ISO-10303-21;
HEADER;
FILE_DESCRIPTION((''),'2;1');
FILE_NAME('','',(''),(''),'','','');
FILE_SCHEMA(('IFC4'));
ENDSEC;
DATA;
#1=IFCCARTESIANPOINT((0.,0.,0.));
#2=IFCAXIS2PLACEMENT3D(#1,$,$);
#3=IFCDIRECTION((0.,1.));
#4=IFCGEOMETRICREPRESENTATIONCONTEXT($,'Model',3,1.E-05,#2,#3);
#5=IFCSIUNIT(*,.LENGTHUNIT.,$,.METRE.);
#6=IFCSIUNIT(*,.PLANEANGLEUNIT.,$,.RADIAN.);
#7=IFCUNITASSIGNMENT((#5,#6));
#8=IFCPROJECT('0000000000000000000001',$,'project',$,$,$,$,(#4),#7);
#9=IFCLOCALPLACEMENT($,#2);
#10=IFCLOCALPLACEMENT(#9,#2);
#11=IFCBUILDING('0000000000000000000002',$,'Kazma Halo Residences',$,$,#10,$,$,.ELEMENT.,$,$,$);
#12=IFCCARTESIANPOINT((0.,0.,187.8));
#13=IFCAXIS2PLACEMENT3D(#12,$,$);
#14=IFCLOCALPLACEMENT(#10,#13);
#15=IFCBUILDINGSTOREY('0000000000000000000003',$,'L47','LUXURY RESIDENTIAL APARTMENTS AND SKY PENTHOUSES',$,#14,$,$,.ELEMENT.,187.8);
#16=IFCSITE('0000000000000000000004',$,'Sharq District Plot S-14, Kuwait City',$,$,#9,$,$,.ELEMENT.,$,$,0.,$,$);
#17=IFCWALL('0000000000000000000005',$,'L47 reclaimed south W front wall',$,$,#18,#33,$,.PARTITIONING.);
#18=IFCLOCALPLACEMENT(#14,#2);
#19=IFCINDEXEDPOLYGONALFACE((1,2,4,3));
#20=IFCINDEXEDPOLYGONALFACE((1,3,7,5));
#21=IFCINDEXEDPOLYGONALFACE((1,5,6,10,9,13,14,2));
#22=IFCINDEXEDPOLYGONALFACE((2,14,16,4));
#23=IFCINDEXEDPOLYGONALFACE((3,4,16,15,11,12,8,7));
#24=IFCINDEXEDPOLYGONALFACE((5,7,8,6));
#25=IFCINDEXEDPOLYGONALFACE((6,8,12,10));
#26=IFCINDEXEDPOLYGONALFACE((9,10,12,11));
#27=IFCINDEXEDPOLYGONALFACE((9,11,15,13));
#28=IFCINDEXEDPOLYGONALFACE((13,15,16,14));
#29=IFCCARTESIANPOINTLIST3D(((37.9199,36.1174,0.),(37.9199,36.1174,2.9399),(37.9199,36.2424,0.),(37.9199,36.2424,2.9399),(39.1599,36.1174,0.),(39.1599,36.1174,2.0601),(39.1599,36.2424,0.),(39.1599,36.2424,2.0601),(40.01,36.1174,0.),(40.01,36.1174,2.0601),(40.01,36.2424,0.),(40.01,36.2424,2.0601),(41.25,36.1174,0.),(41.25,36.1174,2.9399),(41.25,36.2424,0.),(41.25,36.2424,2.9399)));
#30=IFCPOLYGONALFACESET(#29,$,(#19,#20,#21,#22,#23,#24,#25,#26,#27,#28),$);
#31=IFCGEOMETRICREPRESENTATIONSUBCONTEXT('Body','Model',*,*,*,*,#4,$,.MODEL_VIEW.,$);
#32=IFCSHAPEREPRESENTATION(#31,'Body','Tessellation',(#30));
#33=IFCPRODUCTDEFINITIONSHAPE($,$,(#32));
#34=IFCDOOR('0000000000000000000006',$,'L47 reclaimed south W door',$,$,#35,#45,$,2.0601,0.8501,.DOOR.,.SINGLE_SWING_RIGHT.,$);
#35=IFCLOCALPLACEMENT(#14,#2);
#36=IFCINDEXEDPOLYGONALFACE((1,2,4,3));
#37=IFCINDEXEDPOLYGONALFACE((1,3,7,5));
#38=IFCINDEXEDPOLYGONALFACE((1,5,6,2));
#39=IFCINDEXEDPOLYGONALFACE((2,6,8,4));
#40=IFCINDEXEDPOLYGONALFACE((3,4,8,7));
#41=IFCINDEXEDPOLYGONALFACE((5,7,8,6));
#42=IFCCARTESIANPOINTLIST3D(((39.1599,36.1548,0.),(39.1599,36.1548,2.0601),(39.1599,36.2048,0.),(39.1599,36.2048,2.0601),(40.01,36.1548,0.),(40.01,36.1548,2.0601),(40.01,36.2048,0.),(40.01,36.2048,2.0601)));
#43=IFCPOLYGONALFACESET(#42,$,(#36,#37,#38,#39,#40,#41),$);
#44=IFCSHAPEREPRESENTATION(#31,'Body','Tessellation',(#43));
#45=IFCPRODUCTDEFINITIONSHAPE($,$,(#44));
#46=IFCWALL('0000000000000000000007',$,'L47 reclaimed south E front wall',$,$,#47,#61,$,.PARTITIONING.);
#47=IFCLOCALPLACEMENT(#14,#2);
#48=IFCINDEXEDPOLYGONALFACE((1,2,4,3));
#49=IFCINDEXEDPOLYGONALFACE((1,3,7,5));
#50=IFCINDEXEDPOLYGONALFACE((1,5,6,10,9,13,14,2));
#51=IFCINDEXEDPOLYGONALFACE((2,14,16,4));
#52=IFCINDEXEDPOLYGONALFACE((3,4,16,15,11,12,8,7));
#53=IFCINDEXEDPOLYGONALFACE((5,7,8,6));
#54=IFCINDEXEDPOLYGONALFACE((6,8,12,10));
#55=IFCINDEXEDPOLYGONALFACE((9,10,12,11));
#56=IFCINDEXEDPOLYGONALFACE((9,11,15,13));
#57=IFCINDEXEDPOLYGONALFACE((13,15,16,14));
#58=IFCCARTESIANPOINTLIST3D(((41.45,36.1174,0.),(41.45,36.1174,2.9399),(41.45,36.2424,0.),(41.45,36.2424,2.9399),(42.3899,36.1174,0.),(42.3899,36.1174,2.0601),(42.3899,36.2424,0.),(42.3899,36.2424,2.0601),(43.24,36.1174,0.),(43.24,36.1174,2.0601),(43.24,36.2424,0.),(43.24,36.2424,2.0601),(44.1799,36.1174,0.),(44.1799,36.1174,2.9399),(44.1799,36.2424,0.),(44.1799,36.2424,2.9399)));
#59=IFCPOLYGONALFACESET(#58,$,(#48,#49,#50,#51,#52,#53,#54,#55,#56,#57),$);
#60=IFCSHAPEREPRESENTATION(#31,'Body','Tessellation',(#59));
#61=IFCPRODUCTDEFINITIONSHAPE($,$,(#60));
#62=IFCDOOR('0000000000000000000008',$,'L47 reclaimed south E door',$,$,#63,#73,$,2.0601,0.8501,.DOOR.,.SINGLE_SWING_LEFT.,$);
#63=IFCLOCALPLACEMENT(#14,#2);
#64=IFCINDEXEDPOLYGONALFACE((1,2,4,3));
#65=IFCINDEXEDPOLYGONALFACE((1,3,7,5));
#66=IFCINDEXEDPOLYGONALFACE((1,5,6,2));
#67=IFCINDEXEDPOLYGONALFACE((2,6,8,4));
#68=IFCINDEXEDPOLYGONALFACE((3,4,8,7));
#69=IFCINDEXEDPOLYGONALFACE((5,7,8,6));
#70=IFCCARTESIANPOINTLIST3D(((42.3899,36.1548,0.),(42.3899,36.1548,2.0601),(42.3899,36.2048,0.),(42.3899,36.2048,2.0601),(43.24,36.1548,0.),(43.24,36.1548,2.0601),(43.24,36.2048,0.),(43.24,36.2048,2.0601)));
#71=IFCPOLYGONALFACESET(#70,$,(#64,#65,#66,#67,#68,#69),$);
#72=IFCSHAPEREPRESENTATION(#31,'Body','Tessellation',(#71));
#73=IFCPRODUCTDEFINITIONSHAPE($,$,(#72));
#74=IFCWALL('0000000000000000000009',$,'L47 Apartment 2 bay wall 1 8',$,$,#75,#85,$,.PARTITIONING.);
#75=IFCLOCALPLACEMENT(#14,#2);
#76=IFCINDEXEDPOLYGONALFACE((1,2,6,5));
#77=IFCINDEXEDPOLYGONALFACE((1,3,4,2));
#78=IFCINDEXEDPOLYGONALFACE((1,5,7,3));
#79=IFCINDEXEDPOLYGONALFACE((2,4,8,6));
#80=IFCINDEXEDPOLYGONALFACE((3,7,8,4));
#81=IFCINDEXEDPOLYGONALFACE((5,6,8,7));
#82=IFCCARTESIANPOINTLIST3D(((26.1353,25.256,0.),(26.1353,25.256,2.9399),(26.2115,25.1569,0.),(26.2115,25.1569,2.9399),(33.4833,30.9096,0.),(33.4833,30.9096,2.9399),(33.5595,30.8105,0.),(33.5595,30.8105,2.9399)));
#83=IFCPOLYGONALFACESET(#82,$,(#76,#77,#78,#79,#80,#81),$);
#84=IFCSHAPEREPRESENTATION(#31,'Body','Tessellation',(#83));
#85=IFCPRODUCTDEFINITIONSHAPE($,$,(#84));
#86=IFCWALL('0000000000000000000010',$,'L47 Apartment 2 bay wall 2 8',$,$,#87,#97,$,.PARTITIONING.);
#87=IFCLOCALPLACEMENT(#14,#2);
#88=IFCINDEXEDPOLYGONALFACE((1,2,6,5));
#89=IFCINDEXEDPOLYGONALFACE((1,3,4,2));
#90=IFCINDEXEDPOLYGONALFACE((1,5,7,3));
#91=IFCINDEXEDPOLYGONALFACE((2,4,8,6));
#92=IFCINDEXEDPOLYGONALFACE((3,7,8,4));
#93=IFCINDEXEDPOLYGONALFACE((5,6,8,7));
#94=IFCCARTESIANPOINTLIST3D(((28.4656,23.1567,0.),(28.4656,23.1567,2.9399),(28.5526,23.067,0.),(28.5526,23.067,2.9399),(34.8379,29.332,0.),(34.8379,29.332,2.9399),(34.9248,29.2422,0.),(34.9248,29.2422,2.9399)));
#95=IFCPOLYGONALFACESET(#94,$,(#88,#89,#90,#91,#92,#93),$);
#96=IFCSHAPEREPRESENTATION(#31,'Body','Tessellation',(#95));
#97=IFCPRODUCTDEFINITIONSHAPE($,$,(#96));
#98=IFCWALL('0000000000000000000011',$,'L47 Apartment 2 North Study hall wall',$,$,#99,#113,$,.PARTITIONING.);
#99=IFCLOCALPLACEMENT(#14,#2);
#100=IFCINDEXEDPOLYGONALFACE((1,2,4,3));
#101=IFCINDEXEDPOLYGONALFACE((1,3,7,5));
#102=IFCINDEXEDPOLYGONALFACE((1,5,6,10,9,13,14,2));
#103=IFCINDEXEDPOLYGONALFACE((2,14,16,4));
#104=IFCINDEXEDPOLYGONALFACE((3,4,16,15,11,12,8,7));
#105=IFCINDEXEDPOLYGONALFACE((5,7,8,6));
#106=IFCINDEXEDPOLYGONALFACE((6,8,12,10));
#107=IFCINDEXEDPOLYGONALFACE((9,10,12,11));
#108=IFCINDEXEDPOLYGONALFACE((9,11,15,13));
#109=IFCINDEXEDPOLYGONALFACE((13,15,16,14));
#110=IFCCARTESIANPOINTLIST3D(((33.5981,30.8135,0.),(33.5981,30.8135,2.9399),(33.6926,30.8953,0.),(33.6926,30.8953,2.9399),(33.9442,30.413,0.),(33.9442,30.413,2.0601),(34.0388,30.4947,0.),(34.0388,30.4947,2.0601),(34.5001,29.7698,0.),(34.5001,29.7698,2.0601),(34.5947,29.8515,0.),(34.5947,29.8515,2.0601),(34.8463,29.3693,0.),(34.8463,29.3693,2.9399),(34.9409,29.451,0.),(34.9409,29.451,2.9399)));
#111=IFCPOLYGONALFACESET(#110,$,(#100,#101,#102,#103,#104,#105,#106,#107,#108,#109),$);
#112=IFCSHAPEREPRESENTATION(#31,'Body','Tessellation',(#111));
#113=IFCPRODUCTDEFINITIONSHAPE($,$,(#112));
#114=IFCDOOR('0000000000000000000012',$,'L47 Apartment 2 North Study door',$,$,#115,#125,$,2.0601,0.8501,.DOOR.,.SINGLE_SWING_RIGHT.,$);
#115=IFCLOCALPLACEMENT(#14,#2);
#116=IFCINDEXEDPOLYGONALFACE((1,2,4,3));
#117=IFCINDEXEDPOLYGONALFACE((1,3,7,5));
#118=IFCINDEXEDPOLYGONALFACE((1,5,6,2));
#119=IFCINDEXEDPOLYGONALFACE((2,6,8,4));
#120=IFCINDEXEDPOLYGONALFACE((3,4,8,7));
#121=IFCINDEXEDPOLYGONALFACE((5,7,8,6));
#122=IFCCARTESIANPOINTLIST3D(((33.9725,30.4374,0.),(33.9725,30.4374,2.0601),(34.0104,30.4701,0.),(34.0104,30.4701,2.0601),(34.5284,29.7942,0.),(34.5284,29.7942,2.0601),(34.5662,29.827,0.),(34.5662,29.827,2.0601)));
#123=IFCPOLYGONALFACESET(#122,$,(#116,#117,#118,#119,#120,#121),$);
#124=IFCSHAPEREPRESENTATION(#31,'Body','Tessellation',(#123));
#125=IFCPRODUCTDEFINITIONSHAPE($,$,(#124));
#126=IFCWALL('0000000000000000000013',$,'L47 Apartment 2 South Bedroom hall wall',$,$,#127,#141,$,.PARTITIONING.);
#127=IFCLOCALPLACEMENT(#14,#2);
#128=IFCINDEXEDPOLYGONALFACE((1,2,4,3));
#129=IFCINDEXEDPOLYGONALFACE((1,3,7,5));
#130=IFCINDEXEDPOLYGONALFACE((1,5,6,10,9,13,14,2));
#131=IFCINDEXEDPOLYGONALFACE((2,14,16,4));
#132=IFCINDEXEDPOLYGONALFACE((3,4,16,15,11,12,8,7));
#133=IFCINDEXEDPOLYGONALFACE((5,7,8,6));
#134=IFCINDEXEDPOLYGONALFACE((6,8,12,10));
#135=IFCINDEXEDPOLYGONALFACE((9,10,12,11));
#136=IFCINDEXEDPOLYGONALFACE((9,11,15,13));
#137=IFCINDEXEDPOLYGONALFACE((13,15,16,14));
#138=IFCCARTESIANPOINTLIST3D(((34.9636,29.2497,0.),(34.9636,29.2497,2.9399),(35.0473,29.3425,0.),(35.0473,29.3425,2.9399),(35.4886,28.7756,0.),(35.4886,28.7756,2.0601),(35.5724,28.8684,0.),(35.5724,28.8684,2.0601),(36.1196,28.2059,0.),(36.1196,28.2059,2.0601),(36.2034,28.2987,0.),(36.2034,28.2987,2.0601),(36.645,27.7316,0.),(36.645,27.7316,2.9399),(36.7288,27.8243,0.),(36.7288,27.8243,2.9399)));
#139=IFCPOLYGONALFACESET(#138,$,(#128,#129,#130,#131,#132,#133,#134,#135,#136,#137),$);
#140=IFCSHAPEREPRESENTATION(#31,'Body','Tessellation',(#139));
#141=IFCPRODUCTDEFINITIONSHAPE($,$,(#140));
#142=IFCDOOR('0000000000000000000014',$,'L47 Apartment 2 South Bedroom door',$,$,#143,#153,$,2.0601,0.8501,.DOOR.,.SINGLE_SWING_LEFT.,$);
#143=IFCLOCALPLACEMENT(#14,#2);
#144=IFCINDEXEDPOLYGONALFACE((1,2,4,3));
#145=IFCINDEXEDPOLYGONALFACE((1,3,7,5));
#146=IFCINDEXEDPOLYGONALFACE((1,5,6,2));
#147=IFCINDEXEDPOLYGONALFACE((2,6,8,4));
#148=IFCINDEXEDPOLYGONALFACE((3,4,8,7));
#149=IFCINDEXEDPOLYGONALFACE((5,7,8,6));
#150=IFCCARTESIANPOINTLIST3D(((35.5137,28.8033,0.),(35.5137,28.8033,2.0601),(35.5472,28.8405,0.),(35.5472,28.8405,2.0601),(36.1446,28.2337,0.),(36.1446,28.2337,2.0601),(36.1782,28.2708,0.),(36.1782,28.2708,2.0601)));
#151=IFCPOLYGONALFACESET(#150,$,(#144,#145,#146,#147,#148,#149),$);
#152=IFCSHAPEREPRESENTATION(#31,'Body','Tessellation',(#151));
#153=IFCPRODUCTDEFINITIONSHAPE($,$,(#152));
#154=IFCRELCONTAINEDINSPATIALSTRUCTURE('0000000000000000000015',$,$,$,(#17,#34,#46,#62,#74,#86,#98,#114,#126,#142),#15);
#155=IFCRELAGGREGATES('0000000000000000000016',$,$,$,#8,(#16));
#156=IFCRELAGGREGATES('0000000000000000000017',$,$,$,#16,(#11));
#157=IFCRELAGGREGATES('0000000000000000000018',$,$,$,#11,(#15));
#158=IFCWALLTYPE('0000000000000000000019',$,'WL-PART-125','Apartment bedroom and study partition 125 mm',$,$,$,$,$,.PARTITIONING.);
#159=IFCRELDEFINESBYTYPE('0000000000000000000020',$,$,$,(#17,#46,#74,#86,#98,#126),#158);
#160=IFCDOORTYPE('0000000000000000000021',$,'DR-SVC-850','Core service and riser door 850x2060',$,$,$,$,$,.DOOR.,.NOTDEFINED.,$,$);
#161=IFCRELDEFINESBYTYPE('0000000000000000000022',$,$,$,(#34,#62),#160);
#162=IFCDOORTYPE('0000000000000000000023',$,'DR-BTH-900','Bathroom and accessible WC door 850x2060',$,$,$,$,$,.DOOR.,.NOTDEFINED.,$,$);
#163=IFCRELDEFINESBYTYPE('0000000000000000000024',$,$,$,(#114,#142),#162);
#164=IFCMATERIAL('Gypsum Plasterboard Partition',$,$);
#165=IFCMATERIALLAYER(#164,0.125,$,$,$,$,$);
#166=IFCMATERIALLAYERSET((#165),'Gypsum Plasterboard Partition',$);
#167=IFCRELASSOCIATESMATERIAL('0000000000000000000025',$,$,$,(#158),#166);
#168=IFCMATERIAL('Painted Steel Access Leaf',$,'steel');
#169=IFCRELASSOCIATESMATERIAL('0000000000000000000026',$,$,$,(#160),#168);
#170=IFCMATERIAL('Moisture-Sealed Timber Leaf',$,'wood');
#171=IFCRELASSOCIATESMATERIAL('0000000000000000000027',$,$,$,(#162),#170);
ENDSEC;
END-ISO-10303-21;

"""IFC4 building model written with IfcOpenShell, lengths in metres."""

from ifc_helpers import new_model, si_unit, direction, frame, frame_2d, origin, place, context, subcontext, project, spatial, rectangle, extrude, material, layer, layer_set, type_object, element, fill, save


model = new_model("IFC4")

# Units and contexts
model_context = context("Model", 3, precision=1e-05, world=origin(), true_north=direction((0.0, 1.0)))
body_context = subcontext(model_context, "Body", "Model", "MODEL_VIEW")
ifc_project = project(units=[si_unit("LENGTHUNIT", "METRE"), si_unit("PLANEANGLEUNIT", "RADIAN")], contexts=[model_context])

# Site, building, storey
site_placement = place(None, origin())
site = spatial("IfcSite", under=ifc_project, at=site_placement, Name="Sharq District Plot S-14, Kuwait City", CompositionType="ELEMENT", RefElevation=0.0)
building_placement = place(site_placement, origin())
building = spatial("IfcBuilding", under=site, at=building_placement, Name="Kazma Halo Residences", CompositionType="ELEMENT")
storey_placement = place(building_placement, frame((0.0, 0.0, 187.8)))
storey = spatial("IfcBuildingStorey", under=building, at=storey_placement, Name="L47", Description="LUXURY RESIDENTIAL APARTMENTS AND SKY PENTHOUSES", CompositionType="ELEMENT", Elevation=187.8)

# Shared definitions
ifc_material_1 = material(Name="Gypsum Plasterboard Partition")
ifc_layer_1 = layer(ifc_material_1, 0.125)
ifc_layer_set_1 = layer_set([ifc_layer_1], Name="Gypsum Plasterboard Partition")
wall_type_1 = type_object("IfcWallType", Name="WL-PART-125", Description="Apartment bedroom and study partition 125 mm", PredefinedType="PARTITIONING", material=ifc_layer_set_1)

# Walls, openings, doors
wall_1_placement = place(storey_placement, frame((37.9199, 36.1799, 0.0), z_axis=(0.0, 0.0, 1.0), x_axis=(1.0, 0.0, 0.0)))
wall_1 = element("IfcWall", 1, at=wall_1_placement, inside=storey, type_object=wall_type_1, Name="L47 reclaimed south W front wall", PredefinedType="PARTITIONING", context=body_context, shape_type="SweptSolid", body=[
    extrude(rectangle(XDim=3.3301, YDim=0.125, at=frame_2d((1.665, 0.0))), origin(), (0.0, 0.0, 1.0), 2.9399),
])
opening_1_placement = place(wall_1_placement, frame((1.24, 0.0, 0.0)))
opening_1 = element("IfcOpeningElement", 2, at=opening_1_placement, cuts=wall_1, PredefinedType="OPENING", context=body_context, shape_type="SweptSolid", body=[
    extrude(rectangle(XDim=0.8501, YDim=2.0601, at=frame_2d((0.425, 1.03))), frame((0.0, 0.0725, 0.0), z_axis=(0.0, -1.0, 0.0), x_axis=(1.0, 0.0, 0.0)), (0.0, 0.0, 1.0), 0.145),
])
ifc_material_2 = material(Name="Painted Steel Access Leaf", Category="steel")
door_type_1 = type_object("IfcDoorType", Name="DR-SVC-850", Description="Core service and riser door 850x2060", OperationType="NOTDEFINED", PredefinedType="DOOR", material=ifc_material_2)
door_1_placement = place(opening_1_placement, origin())
door_1 = element("IfcDoor", 3, at=door_1_placement, inside=storey, type_object=door_type_1, Name="L47 reclaimed south W door", OperationType="SINGLE_SWING_RIGHT", OverallHeight=2.0601, OverallWidth=0.8501, PredefinedType="DOOR", context=body_context, shape_type="SweptSolid", body=[
    extrude(rectangle(XDim=0.8501, YDim=2.0601, at=frame_2d((0.425, 1.03))), frame((0.0, 0.0249, 0.0), z_axis=(0.0, -1.0, 0.0), x_axis=(1.0, 0.0, 0.0)), (0.0, 0.0, 1.0), 0.05),
])
fill(opening_1, door_1)
wall_2_placement = place(storey_placement, frame((41.45, 36.1799, 0.0), z_axis=(0.0, 0.0, 1.0), x_axis=(1.0, 0.0, 0.0)))
wall_2 = element("IfcWall", 4, at=wall_2_placement, inside=storey, type_object=wall_type_1, Name="L47 reclaimed south E front wall", PredefinedType="PARTITIONING", context=body_context, shape_type="SweptSolid", body=[
    extrude(rectangle(XDim=2.73, YDim=0.125, at=frame_2d((1.365, 0.0))), origin(), (0.0, 0.0, 1.0), 2.9399),
])
opening_2_placement = place(wall_2_placement, frame((0.9399, 0.0, 0.0)))
opening_2 = element("IfcOpeningElement", 5, at=opening_2_placement, cuts=wall_2, PredefinedType="OPENING", context=body_context, shape_type="SweptSolid", body=[
    extrude(rectangle(XDim=0.8501, YDim=2.0601, at=frame_2d((0.425, 1.03))), frame((0.0, 0.0725, 0.0), z_axis=(0.0, -1.0, 0.0), x_axis=(1.0, 0.0, 0.0)), (0.0, 0.0, 1.0), 0.145),
])
door_2_placement = place(opening_2_placement, origin())
door_2 = element("IfcDoor", 6, at=door_2_placement, inside=storey, type_object=door_type_1, Name="L47 reclaimed south E door", OperationType="SINGLE_SWING_LEFT", OverallHeight=2.0601, OverallWidth=0.8501, PredefinedType="DOOR", context=body_context, shape_type="SweptSolid", body=[
    extrude(rectangle(XDim=0.8501, YDim=2.0601, at=frame_2d((0.425, 1.03))), frame((0.0, 0.0249, 0.0), z_axis=(0.0, -1.0, 0.0), x_axis=(1.0, 0.0, 0.0)), (0.0, 0.0, 1.0), 0.05),
])
fill(opening_2, door_2)

# Walls
wall_3_placement = place(storey_placement, frame((33.5215, 30.8601, 0.0), z_axis=(0.0, 0.0, 1.0), x_axis=(-0.792554, -0.609801, 0.0)))
element("IfcWall", 7, at=wall_3_placement, inside=storey, type_object=wall_type_1, Name="L47 Apartment 2 bay wall 1 8", PredefinedType="PARTITIONING", context=body_context, shape_type="SweptSolid", body=[
    extrude(rectangle(XDim=9.2712, YDim=0.125, at=frame_2d((4.6357, 0.0))), origin(), (0.0, 0.0, 1.0), 2.9399),
])
wall_4_placement = place(storey_placement, frame((34.8813, 29.2871, 0.0), z_axis=(0.0, 0.0, 1.0), x_axis=(-0.718121, -0.695918, 0.0)))
element("IfcWall", 8, at=wall_4_placement, inside=storey, type_object=wall_type_1, Name="L47 Apartment 2 bay wall 2 8", PredefinedType="PARTITIONING", context=body_context, shape_type="SweptSolid", body=[
    extrude(rectangle(XDim=8.8735, YDim=0.125, at=frame_2d((4.4368, 0.0))), origin(), (0.0, 0.0, 1.0), 2.9399),
])

# Walls, openings, doors
wall_5_placement = place(storey_placement, frame((33.6453, 30.8545, 0.0), z_axis=(0.0, 0.0, 1.0), x_axis=(0.653893, -0.756587, 0.0)))
wall_5 = element("IfcWall", 9, at=wall_5_placement, inside=storey, type_object=wall_type_1, Name="L47 Apartment 2 North Study hall wall", PredefinedType="PARTITIONING", context=body_context, shape_type="SweptSolid", body=[
    extrude(rectangle(XDim=1.9089, YDim=0.125, at=frame_2d((0.9546, 0.0))), origin(), (0.0, 0.0, 1.0), 2.9399),
])
opening_3_placement = place(wall_5_placement, frame((0.5295, 0.0, 0.0)))
opening_3 = element("IfcOpeningElement", 10, at=opening_3_placement, cuts=wall_5, PredefinedType="OPENING", context=body_context, shape_type="SweptSolid", body=[
    extrude(rectangle(XDim=0.8501, YDim=2.0601, at=frame_2d((0.425, 1.03))), frame((0.0, 0.0725, 0.0), z_axis=(0.0, -1.0, 0.0), x_axis=(1.0, 0.0, 0.0)), (0.0, 0.0, 1.0), 0.145),
])
ifc_material_3 = material(Name="Moisture-Sealed Timber Leaf", Category="wood")
door_type_2 = type_object("IfcDoorType", Name="DR-BTH-900", Description="Bathroom and accessible WC door 850x2060", OperationType="NOTDEFINED", PredefinedType="DOOR", material=ifc_material_3)
door_3_placement = place(opening_3_placement, origin())
door_3 = element("IfcDoor", 11, at=door_3_placement, inside=storey, type_object=door_type_2, Name="L47 Apartment 2 North Study door", OperationType="SINGLE_SWING_RIGHT", OverallHeight=2.0601, OverallWidth=0.8501, PredefinedType="DOOR", context=body_context, shape_type="SweptSolid", body=[
    extrude(rectangle(XDim=0.8501, YDim=2.0601, at=frame_2d((0.425, 1.03))), frame((0.0, 0.0249, 0.0), z_axis=(0.0, -1.0, 0.0), x_axis=(1.0, 0.0, 0.0)), (0.0, 0.0, 1.0), 0.05),
])
fill(opening_3, door_3)
wall_6_placement = place(storey_placement, frame((35.0054, 29.2961, 0.0), z_axis=(0.0, 0.0, 1.0), x_axis=(0.742238, -0.670137, 0.0)))
wall_6 = element("IfcWall", 12, at=wall_6_placement, inside=storey, type_object=wall_type_1, Name="L47 Apartment 2 South Bedroom hall wall", PredefinedType="PARTITIONING", context=body_context, shape_type="SweptSolid", body=[
    extrude(rectangle(XDim=2.2654, YDim=0.125, at=frame_2d((1.1328, 0.0))), origin(), (0.0, 0.0, 1.0), 2.9399),
])
opening_4_placement = place(wall_6_placement, frame((0.7075, 0.0, 0.0)))
opening_4 = element("IfcOpeningElement", 13, at=opening_4_placement, cuts=wall_6, PredefinedType="OPENING", context=body_context, shape_type="SweptSolid", body=[
    extrude(rectangle(XDim=0.8501, YDim=2.0601, at=frame_2d((0.425, 1.03))), frame((0.0, 0.0725, 0.0), z_axis=(0.0, -1.0, 0.0), x_axis=(1.0, 0.0, 0.0)), (0.0, 0.0, 1.0), 0.145),
])
door_4_placement = place(opening_4_placement, origin())
door_4 = element("IfcDoor", 14, at=door_4_placement, inside=storey, type_object=door_type_2, Name="L47 Apartment 2 South Bedroom door", OperationType="SINGLE_SWING_LEFT", OverallHeight=2.0601, OverallWidth=0.8501, PredefinedType="DOOR", context=body_context, shape_type="SweptSolid", body=[
    extrude(rectangle(XDim=0.8501, YDim=2.0601, at=frame_2d((0.425, 1.03))), frame((0.0, 0.0249, 0.0), z_axis=(0.0, -1.0, 0.0), x_axis=(1.0, 0.0, 0.0)), (0.0, 0.0, 1.0), 0.05),
])
fill(opening_4, door_4)

save(model, "model.ifc")
